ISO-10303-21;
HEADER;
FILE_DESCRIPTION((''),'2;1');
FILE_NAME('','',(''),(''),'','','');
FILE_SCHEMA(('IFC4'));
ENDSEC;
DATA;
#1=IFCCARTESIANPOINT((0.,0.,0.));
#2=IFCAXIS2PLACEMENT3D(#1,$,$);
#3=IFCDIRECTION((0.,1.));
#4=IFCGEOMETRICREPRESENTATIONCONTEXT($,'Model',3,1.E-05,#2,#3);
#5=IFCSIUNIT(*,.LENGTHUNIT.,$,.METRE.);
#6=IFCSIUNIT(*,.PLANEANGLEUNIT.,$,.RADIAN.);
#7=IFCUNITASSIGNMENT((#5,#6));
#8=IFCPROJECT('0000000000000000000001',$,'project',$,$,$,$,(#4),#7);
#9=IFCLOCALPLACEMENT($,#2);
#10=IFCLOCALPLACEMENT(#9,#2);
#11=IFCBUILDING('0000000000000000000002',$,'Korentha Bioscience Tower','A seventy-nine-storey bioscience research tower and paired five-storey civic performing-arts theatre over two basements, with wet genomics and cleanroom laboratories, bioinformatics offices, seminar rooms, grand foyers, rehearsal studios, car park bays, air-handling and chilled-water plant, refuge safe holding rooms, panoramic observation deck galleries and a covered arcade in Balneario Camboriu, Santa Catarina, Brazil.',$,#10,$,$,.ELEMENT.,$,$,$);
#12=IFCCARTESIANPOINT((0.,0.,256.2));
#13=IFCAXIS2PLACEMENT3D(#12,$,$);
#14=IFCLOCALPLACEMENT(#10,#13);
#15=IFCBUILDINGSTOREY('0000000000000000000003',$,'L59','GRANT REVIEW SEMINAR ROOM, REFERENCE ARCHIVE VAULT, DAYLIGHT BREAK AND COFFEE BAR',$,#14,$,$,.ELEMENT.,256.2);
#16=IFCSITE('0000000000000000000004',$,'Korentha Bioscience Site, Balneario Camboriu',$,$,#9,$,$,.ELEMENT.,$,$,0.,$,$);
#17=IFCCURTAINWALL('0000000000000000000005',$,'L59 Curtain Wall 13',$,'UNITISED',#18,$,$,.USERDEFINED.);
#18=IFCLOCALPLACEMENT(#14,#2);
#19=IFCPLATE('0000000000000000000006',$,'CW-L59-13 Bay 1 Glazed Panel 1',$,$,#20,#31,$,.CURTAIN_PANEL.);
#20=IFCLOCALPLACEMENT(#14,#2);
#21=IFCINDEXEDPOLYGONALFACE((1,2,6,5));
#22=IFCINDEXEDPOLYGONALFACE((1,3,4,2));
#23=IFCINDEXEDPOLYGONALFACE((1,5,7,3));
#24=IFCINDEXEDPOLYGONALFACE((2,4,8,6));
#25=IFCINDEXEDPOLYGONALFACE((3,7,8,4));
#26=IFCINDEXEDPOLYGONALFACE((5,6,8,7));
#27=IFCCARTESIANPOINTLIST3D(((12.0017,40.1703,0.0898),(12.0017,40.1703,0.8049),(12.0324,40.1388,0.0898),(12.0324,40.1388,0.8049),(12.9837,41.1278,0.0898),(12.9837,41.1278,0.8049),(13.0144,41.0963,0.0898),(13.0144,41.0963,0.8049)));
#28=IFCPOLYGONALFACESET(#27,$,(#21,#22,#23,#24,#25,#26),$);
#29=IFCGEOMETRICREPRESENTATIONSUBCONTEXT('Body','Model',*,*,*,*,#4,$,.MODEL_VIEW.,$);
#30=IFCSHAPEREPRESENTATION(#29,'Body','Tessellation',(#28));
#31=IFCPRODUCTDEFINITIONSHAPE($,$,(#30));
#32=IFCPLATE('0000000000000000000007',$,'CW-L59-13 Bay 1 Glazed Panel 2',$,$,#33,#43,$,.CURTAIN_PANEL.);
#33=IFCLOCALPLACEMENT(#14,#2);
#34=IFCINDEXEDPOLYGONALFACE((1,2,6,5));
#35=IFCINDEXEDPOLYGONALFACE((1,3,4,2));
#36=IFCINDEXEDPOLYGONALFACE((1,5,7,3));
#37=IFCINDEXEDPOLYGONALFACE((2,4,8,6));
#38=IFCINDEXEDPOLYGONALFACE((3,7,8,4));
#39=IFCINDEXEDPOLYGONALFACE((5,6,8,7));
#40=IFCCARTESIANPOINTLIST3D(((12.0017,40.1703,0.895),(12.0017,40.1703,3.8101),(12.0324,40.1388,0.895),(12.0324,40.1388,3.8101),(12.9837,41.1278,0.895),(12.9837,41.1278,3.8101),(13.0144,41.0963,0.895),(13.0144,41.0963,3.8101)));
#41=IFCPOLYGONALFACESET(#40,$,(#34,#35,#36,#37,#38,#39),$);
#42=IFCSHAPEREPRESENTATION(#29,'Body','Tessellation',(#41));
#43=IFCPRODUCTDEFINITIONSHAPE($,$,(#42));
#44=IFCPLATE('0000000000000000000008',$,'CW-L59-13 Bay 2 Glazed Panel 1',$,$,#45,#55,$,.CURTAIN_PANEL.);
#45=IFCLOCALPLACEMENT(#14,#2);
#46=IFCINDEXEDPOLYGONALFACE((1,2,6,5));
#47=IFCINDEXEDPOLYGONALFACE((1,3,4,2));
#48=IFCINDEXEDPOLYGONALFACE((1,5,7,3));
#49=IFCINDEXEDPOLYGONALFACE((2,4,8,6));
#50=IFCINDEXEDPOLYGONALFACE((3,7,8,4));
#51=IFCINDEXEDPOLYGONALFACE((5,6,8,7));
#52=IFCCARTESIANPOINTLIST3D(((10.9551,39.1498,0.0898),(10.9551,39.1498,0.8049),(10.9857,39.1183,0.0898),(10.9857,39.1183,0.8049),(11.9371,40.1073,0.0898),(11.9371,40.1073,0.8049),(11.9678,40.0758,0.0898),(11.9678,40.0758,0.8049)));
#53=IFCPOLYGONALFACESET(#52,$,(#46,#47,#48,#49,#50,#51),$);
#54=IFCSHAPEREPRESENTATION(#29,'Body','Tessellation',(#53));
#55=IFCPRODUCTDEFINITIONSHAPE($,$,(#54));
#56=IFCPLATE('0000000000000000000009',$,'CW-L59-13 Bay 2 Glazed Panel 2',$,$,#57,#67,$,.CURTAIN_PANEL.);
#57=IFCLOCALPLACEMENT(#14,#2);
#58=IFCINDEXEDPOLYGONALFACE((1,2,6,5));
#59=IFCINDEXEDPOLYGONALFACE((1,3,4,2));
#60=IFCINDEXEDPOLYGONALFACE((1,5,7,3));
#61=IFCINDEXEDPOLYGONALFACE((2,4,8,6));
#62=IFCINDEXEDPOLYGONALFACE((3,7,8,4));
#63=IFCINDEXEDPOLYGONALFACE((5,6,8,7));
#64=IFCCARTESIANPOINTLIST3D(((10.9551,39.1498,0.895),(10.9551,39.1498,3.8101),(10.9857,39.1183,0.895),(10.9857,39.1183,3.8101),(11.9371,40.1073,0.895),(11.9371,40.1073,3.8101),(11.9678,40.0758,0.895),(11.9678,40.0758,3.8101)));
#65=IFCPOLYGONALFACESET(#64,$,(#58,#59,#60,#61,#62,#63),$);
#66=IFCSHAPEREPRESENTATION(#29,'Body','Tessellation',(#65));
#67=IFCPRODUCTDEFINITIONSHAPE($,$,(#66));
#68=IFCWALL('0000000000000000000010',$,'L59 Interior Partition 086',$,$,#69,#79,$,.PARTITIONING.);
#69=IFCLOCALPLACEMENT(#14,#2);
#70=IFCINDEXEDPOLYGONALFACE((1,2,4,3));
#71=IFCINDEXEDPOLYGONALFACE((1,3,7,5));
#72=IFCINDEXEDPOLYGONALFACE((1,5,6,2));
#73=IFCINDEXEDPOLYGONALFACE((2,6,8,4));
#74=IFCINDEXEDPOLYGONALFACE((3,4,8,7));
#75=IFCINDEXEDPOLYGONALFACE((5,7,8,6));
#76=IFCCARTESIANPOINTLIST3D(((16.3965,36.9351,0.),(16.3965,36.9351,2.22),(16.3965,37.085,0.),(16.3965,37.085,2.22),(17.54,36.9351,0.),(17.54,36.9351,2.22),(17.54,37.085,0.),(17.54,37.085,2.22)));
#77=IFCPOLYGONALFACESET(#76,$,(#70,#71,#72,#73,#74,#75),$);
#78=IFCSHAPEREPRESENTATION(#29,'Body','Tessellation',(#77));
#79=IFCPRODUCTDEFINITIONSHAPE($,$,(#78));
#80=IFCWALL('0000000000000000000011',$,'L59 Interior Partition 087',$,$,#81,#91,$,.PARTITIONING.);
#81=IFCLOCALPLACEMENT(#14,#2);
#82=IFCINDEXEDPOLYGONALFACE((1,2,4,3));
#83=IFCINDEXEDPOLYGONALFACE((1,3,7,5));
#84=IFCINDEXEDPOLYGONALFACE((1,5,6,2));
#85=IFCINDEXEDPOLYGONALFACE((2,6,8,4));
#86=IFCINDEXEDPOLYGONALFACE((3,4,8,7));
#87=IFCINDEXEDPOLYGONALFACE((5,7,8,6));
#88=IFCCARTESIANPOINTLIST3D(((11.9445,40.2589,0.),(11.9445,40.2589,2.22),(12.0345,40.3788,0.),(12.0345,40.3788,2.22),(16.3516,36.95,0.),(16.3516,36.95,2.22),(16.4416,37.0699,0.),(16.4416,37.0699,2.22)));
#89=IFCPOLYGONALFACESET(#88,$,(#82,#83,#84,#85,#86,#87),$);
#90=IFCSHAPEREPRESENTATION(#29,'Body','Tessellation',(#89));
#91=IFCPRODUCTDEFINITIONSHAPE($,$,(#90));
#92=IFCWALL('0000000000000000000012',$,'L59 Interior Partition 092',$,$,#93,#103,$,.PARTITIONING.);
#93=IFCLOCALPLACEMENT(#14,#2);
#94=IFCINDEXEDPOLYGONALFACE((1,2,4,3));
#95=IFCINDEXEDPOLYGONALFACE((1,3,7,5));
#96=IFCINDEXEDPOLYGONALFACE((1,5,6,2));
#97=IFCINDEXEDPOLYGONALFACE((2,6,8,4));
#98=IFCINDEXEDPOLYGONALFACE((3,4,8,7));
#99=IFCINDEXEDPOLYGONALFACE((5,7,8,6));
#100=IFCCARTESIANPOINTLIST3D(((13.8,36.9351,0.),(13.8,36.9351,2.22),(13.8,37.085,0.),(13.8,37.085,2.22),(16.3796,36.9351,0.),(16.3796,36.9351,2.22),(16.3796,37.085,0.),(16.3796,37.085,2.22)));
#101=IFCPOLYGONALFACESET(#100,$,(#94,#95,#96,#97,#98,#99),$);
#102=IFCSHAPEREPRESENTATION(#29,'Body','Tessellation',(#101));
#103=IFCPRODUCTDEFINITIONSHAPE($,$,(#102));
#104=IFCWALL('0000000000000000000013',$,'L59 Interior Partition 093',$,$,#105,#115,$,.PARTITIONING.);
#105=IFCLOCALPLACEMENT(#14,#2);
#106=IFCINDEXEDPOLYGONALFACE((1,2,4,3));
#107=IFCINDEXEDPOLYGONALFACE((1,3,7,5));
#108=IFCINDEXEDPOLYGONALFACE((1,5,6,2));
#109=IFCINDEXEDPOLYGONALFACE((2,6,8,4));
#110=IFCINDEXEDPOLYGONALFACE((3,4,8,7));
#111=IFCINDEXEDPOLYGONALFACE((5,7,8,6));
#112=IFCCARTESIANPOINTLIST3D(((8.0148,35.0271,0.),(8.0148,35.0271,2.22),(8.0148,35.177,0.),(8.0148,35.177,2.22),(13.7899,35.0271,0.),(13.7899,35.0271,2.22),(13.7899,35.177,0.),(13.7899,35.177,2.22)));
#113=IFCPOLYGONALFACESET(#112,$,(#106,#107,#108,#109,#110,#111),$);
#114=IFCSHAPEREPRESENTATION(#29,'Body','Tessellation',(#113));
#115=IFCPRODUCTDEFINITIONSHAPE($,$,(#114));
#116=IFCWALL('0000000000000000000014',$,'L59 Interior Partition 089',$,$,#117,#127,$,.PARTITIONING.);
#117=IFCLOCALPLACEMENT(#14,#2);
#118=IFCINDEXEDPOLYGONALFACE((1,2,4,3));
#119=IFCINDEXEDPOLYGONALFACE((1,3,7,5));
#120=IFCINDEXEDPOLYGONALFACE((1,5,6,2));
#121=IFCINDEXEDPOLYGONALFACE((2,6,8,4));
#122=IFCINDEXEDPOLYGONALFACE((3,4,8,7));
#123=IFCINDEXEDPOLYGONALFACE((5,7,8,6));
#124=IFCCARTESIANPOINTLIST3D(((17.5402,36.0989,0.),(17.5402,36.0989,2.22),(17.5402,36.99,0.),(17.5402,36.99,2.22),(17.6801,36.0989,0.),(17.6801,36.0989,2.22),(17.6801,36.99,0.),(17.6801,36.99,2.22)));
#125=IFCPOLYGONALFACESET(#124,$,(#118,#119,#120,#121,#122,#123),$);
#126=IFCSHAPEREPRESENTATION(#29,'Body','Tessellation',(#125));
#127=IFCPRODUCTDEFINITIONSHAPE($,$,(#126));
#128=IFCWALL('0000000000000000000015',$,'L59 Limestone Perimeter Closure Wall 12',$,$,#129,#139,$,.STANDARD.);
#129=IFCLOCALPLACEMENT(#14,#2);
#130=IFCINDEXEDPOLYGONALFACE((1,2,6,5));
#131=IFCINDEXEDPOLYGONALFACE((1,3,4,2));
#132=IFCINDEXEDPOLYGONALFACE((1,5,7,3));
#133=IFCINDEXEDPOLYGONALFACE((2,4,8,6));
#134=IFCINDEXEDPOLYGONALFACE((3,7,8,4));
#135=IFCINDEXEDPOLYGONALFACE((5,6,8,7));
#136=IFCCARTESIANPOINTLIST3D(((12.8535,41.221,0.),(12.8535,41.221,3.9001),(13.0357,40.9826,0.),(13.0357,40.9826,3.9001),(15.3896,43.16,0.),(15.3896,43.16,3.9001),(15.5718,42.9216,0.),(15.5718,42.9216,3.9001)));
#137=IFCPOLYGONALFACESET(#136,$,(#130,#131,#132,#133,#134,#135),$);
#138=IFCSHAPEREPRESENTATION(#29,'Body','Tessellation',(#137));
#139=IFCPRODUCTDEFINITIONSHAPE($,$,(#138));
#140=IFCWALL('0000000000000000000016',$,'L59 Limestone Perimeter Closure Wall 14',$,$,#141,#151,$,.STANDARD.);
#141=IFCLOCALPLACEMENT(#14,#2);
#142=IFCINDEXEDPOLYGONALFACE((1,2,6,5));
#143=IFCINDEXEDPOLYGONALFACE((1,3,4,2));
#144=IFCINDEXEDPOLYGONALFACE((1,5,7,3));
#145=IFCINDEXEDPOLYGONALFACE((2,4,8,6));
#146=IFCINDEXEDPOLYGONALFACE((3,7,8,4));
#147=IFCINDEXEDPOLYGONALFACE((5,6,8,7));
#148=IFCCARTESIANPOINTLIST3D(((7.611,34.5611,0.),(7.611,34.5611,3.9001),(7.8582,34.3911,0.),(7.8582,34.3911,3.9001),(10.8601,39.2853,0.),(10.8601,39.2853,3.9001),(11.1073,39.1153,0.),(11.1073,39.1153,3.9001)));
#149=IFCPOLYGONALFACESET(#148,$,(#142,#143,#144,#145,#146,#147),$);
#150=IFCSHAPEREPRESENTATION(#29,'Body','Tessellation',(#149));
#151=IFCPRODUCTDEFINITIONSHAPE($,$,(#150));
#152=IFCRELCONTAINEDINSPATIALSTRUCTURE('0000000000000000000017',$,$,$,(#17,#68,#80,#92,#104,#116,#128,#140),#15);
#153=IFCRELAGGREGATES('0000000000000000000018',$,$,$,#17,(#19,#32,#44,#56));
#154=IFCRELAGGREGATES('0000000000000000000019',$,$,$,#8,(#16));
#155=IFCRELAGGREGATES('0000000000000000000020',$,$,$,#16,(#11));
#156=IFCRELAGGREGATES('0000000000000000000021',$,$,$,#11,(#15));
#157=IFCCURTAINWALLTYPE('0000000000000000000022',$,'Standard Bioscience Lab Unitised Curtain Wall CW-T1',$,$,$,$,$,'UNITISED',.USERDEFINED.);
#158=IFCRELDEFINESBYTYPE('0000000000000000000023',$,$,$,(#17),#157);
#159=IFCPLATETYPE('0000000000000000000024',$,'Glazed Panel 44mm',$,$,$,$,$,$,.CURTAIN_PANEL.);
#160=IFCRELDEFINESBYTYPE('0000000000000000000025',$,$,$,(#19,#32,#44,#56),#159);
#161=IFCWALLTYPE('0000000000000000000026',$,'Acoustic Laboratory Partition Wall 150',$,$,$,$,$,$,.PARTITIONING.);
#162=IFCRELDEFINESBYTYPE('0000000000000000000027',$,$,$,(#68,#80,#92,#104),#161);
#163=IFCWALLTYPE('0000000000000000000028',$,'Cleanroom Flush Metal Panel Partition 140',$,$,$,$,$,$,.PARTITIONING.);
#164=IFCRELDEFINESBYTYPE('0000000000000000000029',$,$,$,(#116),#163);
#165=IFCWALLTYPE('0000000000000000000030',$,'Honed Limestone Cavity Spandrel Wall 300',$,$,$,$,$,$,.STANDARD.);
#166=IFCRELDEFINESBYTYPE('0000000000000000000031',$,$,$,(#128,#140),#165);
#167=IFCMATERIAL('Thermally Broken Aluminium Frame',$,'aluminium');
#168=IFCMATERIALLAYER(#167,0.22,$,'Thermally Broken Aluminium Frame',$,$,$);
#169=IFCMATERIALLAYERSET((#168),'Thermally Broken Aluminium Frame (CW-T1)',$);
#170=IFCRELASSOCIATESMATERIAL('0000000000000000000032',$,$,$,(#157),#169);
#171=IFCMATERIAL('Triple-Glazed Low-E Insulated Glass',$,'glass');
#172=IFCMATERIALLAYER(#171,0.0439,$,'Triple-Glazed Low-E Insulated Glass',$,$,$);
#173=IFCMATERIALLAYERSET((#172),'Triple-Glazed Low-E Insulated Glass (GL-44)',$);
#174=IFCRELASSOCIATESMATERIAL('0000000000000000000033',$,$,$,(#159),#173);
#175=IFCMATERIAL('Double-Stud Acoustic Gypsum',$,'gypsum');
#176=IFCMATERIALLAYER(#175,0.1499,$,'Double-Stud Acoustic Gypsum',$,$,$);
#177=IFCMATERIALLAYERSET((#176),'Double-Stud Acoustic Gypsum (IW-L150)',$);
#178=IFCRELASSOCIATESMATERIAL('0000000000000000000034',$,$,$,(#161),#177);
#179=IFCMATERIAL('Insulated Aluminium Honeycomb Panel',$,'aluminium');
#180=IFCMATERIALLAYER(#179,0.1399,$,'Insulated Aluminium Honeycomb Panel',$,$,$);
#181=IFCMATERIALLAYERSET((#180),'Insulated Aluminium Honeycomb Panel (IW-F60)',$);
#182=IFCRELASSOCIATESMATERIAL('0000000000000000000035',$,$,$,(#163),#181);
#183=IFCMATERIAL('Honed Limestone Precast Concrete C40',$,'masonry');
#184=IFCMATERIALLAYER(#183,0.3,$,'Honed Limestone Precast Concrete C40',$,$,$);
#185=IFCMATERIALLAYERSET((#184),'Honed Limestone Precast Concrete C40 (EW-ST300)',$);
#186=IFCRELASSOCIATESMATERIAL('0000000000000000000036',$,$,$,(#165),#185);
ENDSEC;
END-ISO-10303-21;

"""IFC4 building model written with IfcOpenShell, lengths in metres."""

from ifc_helpers import new_model, si_unit, direction, frame, frame_2d, origin, origin_2d, place, context, subcontext, project, spatial, rectangle, extrude, material, layer, layer_set, type_object, element, aggregate, save


model = new_model("IFC4")

# Units and contexts
model_context = context("Model", 3, precision=1e-05, world=origin(), true_north=direction((0.0, 1.0)))
body_context = subcontext(model_context, "Body", "Model", "MODEL_VIEW")
ifc_project = project(units=[si_unit("LENGTHUNIT", "METRE"), si_unit("PLANEANGLEUNIT", "RADIAN")], contexts=[model_context])

# Site, building, storey
site_placement = place(None, origin())
site = spatial("IfcSite", under=ifc_project, at=site_placement, Name="Korentha Bioscience Site, Balneario Camboriu", CompositionType="ELEMENT", RefElevation=0.0)
building_placement = place(site_placement, origin())
building = spatial("IfcBuilding", under=site, at=building_placement, Name="Korentha Bioscience Tower", Description="A seventy-nine-storey bioscience research tower and paired five-storey civic performing-arts theatre over two basements, with wet genomics and cleanroom laboratories, bioinformatics offices, seminar rooms, grand foyers, rehearsal studios, car park bays, air-handling and chilled-water plant, refuge safe holding rooms, panoramic observation deck galleries and a covered arcade in Balneario Camboriu, Santa Catarina, Brazil.", CompositionType="ELEMENT")
storey_placement = place(building_placement, frame((0.0, 0.0, 256.2)))
storey = spatial("IfcBuildingStorey", under=building, at=storey_placement, Name="L59", Description="GRANT REVIEW SEMINAR ROOM, REFERENCE ARCHIVE VAULT, DAYLIGHT BREAK AND COFFEE BAR", CompositionType="ELEMENT", Elevation=256.2)

# Curtain wall, plates
ifc_material_1 = material(Name="Thermally Broken Aluminium Frame", Category="aluminium")
ifc_layer_1 = layer(ifc_material_1, 0.22, Name="Thermally Broken Aluminium Frame")
ifc_layer_set_1 = layer_set([ifc_layer_1], Name="Thermally Broken Aluminium Frame (CW-T1)")
curtain_wall_type = type_object("IfcCurtainWallType", Name="Standard Bioscience Lab Unitised Curtain Wall CW-T1", ElementType="UNITISED", PredefinedType="USERDEFINED", material=ifc_layer_set_1)
curtain_wall_placement = place(storey_placement, origin())
curtain_wall = element("IfcCurtainWall", 1, at=curtain_wall_placement, inside=storey, type_object=curtain_wall_type, Name="L59 Curtain Wall 13", ObjectType="UNITISED", PredefinedType="USERDEFINED")
ifc_material_2 = material(Name="Triple-Glazed Low-E Insulated Glass", Category="glass")
ifc_layer_2 = layer(ifc_material_2, 0.0439, Name="Triple-Glazed Low-E Insulated Glass")
ifc_layer_set_2 = layer_set([ifc_layer_2], Name="Triple-Glazed Low-E Insulated Glass (GL-44)")
plate_type = type_object("IfcPlateType", Name="Glazed Panel 44mm", PredefinedType="CURTAIN_PANEL", material=ifc_layer_set_2)
plate_1_placement = place(storey_placement, frame((12.5081, 40.6333, 0.0898), z_axis=(0.0, 0.0, 1.0), x_axis=(-0.715994, -0.698107, 0.0)))
plate_1 = element("IfcPlate", 2, at=plate_1_placement, type_object=plate_type, Name="CW-L59-13 Bay 1 Glazed Panel 1", PredefinedType="CURTAIN_PANEL", context=body_context, shape_type="SweptSolid", body=[
    extrude(rectangle(XDim=1.3716, YDim=0.0439, at=origin_2d()), origin(), (0.0, 0.0, 1.0), 0.7151),
])
plate_2_placement = place(storey_placement, frame((12.5081, 40.6333, 0.895), z_axis=(0.0, 0.0, 1.0), x_axis=(-0.715994, -0.698107, 0.0)))
plate_2 = element("IfcPlate", 3, at=plate_2_placement, type_object=plate_type, Name="CW-L59-13 Bay 1 Glazed Panel 2", PredefinedType="CURTAIN_PANEL", context=body_context, shape_type="SweptSolid", body=[
    extrude(rectangle(XDim=1.3716, YDim=0.0439, at=origin_2d()), origin(), (0.0, 0.0, 1.0), 2.915),
])
plate_3_placement = place(storey_placement, frame((11.4614, 39.6128, 0.0898), z_axis=(0.0, 0.0, 1.0), x_axis=(-0.715994, -0.698107, 0.0)))
plate_3 = element("IfcPlate", 4, at=plate_3_placement, type_object=plate_type, Name="CW-L59-13 Bay 2 Glazed Panel 1", PredefinedType="CURTAIN_PANEL", context=body_context, shape_type="SweptSolid", body=[
    extrude(rectangle(XDim=1.3716, YDim=0.0439, at=origin_2d()), origin(), (0.0, 0.0, 1.0), 0.7151),
])
plate_4_placement = place(storey_placement, frame((11.4614, 39.6128, 0.895), z_axis=(0.0, 0.0, 1.0), x_axis=(-0.715994, -0.698107, 0.0)))
plate_4 = element("IfcPlate", 5, at=plate_4_placement, type_object=plate_type, Name="CW-L59-13 Bay 2 Glazed Panel 2", PredefinedType="CURTAIN_PANEL", context=body_context, shape_type="SweptSolid", body=[
    extrude(rectangle(XDim=1.3716, YDim=0.0439, at=origin_2d()), origin(), (0.0, 0.0, 1.0), 2.915),
])
aggregate(curtain_wall, [plate_1, plate_2, plate_3, plate_4])

# Shared definitions
ifc_material_3 = material(Name="Double-Stud Acoustic Gypsum", Category="gypsum")
ifc_layer_3 = layer(ifc_material_3, 0.1499, Name="Double-Stud Acoustic Gypsum")
ifc_layer_set_3 = layer_set([ifc_layer_3], Name="Double-Stud Acoustic Gypsum (IW-L150)")
wall_type_1 = type_object("IfcWallType", Name="Acoustic Laboratory Partition Wall 150", PredefinedType="PARTITIONING", material=ifc_layer_set_3)

# Walls
wall_1_placement = place(storey_placement, frame((17.54, 37.01, 0.0), z_axis=(0.0, 0.0, 1.0), x_axis=(-1.0, 0.0, 0.0)))
element("IfcWall", 6, at=wall_1_placement, inside=storey, type_object=wall_type_1, Name="L59 Interior Partition 086", PredefinedType="PARTITIONING", context=body_context, shape_type="SweptSolid", body=[
    extrude(rectangle(XDim=1.1436, YDim=0.1499, at=frame_2d((0.5718, 0.0))), origin(), (0.0, 0.0, 1.0), 2.22),
])
wall_2_placement = place(storey_placement, frame((16.3965, 37.01, 0.0), z_axis=(0.0, 0.0, 1.0), x_axis=(-0.799686, 0.600418, 0.0)))
element("IfcWall", 7, at=wall_2_placement, inside=storey, type_object=wall_type_1, Name="L59 Interior Partition 087", PredefinedType="PARTITIONING", context=body_context, shape_type="SweptSolid", body=[
    extrude(rectangle(XDim=5.511, YDim=0.1499, at=frame_2d((2.7554, 0.0))), origin(), (0.0, 0.0, 1.0), 2.22),
])
wall_3_placement = place(storey_placement, frame((16.3796, 37.01, 0.0), z_axis=(0.0, 0.0, 1.0), x_axis=(-1.0, 0.0, 0.0)))
element("IfcWall", 8, at=wall_3_placement, inside=storey, type_object=wall_type_1, Name="L59 Interior Partition 092", PredefinedType="PARTITIONING", context=body_context, shape_type="SweptSolid", body=[
    extrude(rectangle(XDim=2.5796, YDim=0.1499, at=frame_2d((1.2898, 0.0))), origin(), (0.0, 0.0, 1.0), 2.22),
])
wall_4_placement = place(storey_placement, frame((13.79, 35.1021, 0.0), z_axis=(0.0, 0.0, 1.0), x_axis=(-1.0, 0.0, 0.0)))
element("IfcWall", 9, at=wall_4_placement, inside=storey, type_object=wall_type_1, Name="L59 Interior Partition 093", PredefinedType="PARTITIONING", context=body_context, shape_type="SweptSolid", body=[
    extrude(rectangle(XDim=5.7751, YDim=0.1499, at=frame_2d((2.8877, 0.0))), origin(), (0.0, 0.0, 1.0), 2.22),
])
ifc_material_4 = material(Name="Insulated Aluminium Honeycomb Panel", Category="aluminium")
ifc_layer_4 = layer(ifc_material_4, 0.1399, Name="Insulated Aluminium Honeycomb Panel")
ifc_layer_set_4 = layer_set([ifc_layer_4], Name="Insulated Aluminium Honeycomb Panel (IW-F60)")
wall_type_2 = type_object("IfcWallType", Name="Cleanroom Flush Metal Panel Partition 140", PredefinedType="PARTITIONING", material=ifc_layer_set_4)
wall_5_placement = place(storey_placement, frame((17.6101, 36.0989, 0.0), z_axis=(0.0, 0.0, 1.0), x_axis=(0.0, 1.0, 0.0)))
element("IfcWall", 10, at=wall_5_placement, inside=storey, type_object=wall_type_2, Name="L59 Interior Partition 089", PredefinedType="PARTITIONING", context=body_context, shape_type="SweptSolid", body=[
    extrude(rectangle(XDim=0.8911, YDim=0.1399, at=frame_2d((0.4456, 0.0))), origin(), (0.0, 0.0, 1.0), 2.22),
])

# Walls
ifc_material_5 = material(Name="Honed Limestone Precast Concrete C40", Category="masonry")
ifc_layer_5 = layer(ifc_material_5, 0.3, Name="Honed Limestone Precast Concrete C40")
ifc_layer_set_5 = layer_set([ifc_layer_5], Name="Honed Limestone Precast Concrete C40 (EW-ST300)")
wall_type_3 = type_object("IfcWallType", Name="Honed Limestone Cavity Spandrel Wall 300", PredefinedType="STANDARD", material=ifc_layer_set_5)
wall_6_placement = place(storey_placement, frame((15.4807, 43.0408, 0.0), z_axis=(0.0, 0.0, 1.0), x_axis=(-0.794423, -0.607365, 0.0)))
element("IfcWall", 11, at=wall_6_placement, inside=storey, type_object=wall_type_3, Name="L59 Limestone Perimeter Closure Wall 12", PredefinedType="STANDARD", context=body_context, shape_type="SweptSolid", body=[
    extrude(rectangle(XDim=3.1924, YDim=0.3, at=frame_2d((1.5962, 0.0))), origin(), (0.0, 0.0, 1.0), 3.9001),
])
wall_7_placement = place(storey_placement, frame((10.9836, 39.2002, 0.0), z_axis=(0.0, 0.0, 1.0), x_axis=(-0.56667, -0.823945, 0.0)))
element("IfcWall", 12, at=wall_7_placement, inside=storey, type_object=wall_type_3, Name="L59 Limestone Perimeter Closure Wall 14", PredefinedType="STANDARD", context=body_context, shape_type="SweptSolid", body=[
    extrude(rectangle(XDim=5.7336, YDim=0.3, at=frame_2d((2.8667, 0.0))), origin(), (0.0, 0.0, 1.0), 3.9001),
])

save(model, "model.ifc")
